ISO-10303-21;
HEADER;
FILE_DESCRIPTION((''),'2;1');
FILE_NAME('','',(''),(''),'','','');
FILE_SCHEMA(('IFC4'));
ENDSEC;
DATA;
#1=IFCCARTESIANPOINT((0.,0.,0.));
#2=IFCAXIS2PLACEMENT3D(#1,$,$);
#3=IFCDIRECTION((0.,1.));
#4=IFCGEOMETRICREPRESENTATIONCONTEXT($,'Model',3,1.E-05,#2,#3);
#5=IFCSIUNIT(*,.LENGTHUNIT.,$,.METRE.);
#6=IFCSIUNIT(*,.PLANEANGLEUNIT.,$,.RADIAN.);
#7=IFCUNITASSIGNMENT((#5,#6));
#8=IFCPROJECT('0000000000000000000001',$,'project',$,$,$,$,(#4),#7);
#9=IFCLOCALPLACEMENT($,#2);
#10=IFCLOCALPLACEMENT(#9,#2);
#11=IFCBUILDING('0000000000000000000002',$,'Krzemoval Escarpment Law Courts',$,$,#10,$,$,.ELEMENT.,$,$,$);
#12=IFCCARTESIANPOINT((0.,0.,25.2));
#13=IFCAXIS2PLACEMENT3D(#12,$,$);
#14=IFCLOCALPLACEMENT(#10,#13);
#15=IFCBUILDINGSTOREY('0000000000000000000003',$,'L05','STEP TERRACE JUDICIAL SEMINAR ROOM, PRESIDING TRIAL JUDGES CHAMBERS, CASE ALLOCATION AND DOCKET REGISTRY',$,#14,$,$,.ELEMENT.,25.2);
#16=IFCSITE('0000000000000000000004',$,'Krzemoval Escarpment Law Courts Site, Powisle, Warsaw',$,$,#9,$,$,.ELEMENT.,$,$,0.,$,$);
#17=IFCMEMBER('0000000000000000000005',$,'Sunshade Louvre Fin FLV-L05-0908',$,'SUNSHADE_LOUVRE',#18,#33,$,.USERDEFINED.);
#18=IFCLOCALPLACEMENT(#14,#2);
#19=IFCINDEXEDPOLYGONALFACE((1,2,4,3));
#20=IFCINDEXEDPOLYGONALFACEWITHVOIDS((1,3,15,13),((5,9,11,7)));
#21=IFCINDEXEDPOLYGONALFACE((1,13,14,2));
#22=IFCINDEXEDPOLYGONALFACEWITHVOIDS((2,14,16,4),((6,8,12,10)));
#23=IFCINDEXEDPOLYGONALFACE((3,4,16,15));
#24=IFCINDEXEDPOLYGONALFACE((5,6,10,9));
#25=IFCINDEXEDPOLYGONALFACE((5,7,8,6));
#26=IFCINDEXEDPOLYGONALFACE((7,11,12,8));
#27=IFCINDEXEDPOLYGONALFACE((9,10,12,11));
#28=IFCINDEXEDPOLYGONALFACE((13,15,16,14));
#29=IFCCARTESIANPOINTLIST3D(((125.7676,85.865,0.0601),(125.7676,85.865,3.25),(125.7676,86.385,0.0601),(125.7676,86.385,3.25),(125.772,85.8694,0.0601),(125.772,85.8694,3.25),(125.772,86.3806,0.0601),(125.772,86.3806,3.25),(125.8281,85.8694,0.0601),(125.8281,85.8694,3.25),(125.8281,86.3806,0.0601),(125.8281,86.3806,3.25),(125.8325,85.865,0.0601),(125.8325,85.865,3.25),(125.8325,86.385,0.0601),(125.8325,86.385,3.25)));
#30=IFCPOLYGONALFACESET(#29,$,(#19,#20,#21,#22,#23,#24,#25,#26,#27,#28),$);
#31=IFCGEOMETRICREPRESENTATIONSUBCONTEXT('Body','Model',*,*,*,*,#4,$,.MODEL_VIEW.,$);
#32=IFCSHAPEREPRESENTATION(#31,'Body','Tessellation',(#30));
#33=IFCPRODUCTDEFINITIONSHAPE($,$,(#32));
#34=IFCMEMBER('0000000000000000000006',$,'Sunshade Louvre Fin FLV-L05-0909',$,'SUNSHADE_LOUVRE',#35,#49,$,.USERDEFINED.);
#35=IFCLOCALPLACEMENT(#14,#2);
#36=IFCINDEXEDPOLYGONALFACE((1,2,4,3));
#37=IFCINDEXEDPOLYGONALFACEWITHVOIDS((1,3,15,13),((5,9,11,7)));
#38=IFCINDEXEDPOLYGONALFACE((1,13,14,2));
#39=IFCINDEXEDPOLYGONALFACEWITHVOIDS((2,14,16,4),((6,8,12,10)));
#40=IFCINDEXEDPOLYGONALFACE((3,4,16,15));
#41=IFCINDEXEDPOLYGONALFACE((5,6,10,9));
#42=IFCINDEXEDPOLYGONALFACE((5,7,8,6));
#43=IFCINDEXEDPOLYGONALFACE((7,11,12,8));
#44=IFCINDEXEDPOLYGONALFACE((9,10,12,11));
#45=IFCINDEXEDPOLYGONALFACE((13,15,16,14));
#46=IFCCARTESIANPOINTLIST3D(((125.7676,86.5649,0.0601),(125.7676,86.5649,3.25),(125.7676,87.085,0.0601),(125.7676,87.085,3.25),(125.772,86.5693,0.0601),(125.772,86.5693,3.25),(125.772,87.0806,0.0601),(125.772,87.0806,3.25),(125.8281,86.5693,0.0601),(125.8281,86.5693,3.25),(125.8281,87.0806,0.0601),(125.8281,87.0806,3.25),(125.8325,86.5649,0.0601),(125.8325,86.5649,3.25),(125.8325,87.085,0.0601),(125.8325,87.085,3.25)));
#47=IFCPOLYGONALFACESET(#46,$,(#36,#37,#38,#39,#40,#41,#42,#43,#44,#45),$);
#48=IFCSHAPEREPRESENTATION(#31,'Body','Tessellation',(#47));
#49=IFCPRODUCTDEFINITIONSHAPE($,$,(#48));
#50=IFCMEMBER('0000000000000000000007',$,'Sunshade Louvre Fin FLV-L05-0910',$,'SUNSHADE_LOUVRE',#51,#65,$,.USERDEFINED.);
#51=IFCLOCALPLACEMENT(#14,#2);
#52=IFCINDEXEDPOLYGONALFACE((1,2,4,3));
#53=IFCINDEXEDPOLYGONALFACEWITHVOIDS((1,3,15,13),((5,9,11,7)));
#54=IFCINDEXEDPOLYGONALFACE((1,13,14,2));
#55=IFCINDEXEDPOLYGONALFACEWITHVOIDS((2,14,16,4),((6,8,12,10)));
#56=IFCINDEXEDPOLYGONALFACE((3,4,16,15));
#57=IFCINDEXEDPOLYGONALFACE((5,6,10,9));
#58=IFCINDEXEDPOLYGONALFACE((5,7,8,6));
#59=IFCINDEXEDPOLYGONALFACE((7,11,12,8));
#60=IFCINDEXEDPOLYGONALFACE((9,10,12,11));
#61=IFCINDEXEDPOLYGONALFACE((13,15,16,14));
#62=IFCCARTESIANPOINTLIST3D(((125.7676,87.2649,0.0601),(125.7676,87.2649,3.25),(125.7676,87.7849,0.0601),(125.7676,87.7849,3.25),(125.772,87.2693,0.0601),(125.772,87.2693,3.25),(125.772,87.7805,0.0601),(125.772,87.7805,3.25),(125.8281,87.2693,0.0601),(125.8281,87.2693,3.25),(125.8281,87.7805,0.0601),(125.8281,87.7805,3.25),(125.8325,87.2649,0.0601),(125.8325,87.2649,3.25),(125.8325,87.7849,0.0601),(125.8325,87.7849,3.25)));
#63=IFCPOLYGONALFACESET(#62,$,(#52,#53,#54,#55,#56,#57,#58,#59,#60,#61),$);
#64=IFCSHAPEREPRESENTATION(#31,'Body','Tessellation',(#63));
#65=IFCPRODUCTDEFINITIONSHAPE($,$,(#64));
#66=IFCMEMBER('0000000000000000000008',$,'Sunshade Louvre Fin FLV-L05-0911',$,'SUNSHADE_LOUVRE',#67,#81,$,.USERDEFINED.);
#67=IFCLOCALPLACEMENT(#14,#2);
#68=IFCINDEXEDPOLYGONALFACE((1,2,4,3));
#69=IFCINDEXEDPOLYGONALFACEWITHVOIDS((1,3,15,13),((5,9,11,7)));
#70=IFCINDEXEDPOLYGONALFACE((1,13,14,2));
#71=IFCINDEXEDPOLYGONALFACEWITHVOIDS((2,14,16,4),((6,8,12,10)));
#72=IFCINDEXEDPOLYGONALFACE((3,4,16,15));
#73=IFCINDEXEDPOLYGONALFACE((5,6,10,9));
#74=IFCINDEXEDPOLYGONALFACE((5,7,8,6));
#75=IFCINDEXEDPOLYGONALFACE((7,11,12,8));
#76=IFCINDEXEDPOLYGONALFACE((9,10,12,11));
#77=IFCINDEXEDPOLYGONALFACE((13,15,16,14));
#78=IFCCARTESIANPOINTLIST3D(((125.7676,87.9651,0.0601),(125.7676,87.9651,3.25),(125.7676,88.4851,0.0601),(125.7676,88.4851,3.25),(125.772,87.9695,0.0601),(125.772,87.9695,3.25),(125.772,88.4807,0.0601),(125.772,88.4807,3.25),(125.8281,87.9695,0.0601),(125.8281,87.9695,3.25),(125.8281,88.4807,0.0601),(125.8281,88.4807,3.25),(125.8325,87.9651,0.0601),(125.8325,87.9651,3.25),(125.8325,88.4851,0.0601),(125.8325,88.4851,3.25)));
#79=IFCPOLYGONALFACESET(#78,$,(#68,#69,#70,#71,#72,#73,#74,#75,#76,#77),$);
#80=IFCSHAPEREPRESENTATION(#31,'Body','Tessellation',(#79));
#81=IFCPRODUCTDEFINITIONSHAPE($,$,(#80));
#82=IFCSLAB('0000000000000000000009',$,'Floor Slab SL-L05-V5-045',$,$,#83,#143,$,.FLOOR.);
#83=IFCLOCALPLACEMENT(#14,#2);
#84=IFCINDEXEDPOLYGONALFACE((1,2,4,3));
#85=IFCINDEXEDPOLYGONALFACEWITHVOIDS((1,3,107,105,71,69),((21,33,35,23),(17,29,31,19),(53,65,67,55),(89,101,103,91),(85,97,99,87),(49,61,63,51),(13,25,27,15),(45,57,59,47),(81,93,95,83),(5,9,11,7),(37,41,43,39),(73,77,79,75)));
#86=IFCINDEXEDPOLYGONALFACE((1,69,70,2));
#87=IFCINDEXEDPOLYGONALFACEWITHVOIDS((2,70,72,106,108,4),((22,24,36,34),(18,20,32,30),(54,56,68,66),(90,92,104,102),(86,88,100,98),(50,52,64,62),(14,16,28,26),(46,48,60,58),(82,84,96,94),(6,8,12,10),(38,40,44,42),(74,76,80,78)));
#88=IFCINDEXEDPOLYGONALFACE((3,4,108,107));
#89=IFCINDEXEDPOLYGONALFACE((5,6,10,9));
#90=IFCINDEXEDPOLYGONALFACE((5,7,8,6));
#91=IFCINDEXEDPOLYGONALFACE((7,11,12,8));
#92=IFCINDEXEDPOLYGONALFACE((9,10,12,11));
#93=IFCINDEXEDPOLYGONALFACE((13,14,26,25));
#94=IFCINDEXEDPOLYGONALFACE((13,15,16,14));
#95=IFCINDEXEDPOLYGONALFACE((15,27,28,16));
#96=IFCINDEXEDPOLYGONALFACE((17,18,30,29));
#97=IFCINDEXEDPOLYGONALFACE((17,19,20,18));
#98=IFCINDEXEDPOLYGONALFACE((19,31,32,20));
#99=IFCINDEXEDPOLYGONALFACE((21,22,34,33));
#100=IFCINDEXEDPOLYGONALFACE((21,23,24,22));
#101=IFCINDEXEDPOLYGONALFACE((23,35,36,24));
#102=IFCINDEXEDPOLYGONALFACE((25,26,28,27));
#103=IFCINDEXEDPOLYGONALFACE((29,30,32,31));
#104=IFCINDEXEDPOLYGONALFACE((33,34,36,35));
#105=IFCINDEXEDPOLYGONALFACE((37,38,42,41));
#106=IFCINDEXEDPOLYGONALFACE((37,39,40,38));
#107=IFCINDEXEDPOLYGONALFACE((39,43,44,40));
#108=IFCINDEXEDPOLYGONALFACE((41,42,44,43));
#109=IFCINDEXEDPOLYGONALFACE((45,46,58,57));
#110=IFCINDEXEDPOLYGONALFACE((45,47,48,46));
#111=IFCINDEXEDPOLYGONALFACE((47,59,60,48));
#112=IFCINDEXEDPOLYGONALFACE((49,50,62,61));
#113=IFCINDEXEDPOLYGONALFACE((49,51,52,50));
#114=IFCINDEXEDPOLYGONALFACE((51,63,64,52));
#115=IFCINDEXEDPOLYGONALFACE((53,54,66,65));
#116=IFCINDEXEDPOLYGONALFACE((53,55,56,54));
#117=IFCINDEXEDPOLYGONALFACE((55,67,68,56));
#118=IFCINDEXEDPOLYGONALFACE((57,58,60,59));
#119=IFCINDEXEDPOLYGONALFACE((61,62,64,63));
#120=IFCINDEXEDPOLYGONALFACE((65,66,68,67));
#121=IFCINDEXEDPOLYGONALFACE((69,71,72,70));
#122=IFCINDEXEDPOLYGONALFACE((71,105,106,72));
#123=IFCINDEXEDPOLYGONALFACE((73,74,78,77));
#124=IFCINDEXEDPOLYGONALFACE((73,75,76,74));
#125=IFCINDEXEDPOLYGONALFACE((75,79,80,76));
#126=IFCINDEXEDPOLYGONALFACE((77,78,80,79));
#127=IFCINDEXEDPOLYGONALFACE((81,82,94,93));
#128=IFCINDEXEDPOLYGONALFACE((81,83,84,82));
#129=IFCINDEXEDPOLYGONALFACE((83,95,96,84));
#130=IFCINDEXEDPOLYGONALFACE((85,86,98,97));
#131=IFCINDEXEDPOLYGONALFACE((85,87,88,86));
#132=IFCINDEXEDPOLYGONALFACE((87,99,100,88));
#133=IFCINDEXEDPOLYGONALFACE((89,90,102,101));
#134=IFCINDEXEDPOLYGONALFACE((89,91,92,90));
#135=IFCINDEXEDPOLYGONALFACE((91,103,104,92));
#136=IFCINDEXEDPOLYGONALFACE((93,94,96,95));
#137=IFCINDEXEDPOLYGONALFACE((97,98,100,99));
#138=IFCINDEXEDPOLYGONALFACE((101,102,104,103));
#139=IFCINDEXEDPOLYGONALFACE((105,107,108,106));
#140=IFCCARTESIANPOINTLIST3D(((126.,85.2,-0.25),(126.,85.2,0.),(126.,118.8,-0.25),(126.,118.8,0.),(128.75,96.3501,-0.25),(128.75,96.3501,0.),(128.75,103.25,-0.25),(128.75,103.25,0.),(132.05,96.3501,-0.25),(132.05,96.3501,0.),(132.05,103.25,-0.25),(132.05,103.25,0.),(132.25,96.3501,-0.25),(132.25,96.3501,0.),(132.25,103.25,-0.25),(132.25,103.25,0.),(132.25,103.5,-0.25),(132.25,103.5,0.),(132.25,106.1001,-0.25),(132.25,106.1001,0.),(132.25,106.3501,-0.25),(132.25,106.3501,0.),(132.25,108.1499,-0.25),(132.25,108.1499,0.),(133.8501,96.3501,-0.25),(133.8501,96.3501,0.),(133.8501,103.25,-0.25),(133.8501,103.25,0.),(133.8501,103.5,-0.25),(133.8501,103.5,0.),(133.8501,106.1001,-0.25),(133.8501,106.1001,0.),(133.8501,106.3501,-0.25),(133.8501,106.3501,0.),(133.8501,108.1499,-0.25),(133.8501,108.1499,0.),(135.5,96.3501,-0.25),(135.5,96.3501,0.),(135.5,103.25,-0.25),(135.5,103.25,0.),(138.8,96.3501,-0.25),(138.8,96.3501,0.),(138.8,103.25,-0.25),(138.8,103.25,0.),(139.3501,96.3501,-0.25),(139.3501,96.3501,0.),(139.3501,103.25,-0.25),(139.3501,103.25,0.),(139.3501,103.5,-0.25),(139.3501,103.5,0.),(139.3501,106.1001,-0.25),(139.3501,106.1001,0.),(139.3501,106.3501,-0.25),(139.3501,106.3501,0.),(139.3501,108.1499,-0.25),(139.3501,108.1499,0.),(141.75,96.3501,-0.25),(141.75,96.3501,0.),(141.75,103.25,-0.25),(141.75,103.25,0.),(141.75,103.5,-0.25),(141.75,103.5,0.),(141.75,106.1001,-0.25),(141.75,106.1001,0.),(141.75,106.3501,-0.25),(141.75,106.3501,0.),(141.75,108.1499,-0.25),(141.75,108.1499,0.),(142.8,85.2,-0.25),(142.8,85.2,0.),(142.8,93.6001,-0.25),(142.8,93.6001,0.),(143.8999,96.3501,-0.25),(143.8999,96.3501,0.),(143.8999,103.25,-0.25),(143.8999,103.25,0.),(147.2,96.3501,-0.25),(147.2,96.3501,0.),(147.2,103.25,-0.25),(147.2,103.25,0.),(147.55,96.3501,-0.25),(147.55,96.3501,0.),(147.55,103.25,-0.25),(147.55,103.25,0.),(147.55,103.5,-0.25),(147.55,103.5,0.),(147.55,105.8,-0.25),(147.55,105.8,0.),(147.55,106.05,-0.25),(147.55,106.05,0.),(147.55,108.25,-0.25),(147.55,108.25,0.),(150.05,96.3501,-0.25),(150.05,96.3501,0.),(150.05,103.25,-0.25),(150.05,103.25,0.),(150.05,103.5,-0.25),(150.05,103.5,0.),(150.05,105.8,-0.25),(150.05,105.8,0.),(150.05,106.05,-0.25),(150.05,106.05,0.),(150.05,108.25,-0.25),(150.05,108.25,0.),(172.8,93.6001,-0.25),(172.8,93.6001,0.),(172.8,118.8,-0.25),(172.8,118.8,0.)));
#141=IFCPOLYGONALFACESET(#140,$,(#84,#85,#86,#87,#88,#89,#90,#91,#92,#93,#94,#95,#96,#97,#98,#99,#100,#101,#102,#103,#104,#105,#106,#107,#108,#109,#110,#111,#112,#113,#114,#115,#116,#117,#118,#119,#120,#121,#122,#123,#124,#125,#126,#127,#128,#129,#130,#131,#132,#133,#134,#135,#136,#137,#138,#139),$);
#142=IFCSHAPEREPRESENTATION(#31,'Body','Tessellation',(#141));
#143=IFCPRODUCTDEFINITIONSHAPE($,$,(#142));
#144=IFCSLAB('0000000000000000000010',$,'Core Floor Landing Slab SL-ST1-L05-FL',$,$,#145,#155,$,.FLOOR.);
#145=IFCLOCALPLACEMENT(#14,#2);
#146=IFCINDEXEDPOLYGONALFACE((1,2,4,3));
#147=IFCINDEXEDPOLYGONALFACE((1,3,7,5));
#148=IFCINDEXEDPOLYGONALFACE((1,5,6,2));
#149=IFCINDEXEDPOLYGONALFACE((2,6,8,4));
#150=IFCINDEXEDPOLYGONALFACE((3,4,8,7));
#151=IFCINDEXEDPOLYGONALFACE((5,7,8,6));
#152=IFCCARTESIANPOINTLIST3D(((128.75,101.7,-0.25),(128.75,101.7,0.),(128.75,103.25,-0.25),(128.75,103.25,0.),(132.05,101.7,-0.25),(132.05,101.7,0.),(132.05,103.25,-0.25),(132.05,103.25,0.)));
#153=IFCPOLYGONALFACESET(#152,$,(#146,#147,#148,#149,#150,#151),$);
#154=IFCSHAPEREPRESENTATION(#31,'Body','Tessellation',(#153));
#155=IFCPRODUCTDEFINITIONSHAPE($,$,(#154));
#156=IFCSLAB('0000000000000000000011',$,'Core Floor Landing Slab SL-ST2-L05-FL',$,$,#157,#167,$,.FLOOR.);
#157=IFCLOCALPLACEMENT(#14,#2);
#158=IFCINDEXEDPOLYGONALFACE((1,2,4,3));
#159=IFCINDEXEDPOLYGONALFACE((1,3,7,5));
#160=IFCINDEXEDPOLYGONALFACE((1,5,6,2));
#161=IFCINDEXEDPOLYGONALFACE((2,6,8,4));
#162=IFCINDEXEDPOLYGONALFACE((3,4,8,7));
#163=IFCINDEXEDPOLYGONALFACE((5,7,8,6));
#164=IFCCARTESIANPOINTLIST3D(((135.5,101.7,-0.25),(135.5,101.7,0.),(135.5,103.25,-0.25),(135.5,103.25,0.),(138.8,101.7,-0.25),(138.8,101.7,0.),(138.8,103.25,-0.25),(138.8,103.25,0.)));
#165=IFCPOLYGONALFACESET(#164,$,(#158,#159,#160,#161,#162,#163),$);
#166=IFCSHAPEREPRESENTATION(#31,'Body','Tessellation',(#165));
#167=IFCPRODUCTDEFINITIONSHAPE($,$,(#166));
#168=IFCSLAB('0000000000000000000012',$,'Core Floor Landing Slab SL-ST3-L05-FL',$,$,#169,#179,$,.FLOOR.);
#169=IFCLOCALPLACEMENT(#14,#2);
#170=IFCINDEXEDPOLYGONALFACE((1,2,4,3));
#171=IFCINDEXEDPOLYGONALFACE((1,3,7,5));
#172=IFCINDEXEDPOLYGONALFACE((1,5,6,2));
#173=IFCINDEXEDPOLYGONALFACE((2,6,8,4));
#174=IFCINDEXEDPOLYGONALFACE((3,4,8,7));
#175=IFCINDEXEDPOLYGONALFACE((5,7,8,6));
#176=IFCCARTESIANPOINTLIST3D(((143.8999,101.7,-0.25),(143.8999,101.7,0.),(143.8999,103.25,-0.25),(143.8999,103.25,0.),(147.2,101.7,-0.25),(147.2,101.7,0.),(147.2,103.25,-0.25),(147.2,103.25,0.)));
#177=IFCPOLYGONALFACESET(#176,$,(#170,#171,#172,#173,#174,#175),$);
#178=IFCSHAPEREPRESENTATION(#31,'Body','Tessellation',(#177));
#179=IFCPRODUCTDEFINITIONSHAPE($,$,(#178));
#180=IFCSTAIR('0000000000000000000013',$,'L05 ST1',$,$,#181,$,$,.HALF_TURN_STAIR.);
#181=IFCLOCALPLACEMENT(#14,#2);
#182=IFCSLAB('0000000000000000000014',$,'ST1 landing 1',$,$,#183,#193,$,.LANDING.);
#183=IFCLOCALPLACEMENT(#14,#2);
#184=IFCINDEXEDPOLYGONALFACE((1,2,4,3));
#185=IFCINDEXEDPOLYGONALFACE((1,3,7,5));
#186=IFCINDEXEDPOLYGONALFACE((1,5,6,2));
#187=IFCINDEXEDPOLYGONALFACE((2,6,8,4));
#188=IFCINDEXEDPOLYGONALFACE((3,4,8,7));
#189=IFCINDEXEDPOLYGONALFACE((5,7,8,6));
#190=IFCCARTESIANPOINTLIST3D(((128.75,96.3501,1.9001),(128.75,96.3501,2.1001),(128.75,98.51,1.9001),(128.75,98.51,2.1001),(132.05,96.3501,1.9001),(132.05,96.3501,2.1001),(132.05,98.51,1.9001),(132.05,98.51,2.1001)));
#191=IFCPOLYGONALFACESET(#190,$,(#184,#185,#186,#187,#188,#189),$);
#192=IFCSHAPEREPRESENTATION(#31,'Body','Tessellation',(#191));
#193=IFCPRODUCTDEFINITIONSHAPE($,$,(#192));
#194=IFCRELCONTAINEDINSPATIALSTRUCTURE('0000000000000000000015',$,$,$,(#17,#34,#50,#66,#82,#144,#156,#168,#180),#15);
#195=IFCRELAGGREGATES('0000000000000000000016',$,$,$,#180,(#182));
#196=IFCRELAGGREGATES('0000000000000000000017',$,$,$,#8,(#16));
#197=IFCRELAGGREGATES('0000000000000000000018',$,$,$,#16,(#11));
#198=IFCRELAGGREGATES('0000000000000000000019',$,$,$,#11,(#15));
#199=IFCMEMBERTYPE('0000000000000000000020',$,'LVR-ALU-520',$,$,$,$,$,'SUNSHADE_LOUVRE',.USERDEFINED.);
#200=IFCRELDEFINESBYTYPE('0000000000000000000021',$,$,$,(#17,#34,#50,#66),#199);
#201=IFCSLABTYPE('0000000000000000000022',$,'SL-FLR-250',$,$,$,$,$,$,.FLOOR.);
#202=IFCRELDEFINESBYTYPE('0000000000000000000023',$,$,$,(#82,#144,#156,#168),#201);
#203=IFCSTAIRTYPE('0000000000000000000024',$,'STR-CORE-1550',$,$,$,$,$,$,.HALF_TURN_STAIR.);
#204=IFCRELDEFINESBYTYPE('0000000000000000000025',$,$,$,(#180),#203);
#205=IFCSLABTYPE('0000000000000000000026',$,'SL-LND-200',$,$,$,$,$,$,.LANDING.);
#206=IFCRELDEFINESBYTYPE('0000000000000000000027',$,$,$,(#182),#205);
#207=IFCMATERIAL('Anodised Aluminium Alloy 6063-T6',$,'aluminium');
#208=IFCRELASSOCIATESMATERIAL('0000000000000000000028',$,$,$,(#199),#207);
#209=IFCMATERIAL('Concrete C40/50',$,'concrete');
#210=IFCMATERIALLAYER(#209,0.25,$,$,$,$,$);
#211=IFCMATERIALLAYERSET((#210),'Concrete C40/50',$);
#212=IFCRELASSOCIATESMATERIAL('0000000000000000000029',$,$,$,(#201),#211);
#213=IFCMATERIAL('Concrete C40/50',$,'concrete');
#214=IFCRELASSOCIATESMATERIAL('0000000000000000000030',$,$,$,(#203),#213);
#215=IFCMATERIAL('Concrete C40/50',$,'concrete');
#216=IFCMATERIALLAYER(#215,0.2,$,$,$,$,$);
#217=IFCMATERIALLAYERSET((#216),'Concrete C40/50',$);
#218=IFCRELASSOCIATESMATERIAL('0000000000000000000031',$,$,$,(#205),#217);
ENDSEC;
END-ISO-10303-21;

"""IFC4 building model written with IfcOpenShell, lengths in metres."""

from ifc_helpers import new_model, si_unit, direction, frame, origin, origin_2d, place, context, subcontext, project, spatial, polyline, hollow_rectangle, outline, extrude, material, layer, layer_set, material_profile, profile_set, type_object, element, aggregate, save


model = new_model("IFC4")

# Units and contexts
model_context = context("Model", 3, precision=1e-05, world=origin(), true_north=direction((0.0, 1.0)))
body_context = subcontext(model_context, "Body", "Model", "MODEL_VIEW")
ifc_project = project(units=[si_unit("LENGTHUNIT", "METRE"), si_unit("PLANEANGLEUNIT", "RADIAN")], contexts=[model_context])

# Site, building, storey
site_placement = place(None, origin())
site = spatial("IfcSite", under=ifc_project, at=site_placement, Name="Krzemoval Escarpment Law Courts Site, Powisle, Warsaw", CompositionType="ELEMENT", RefElevation=0.0)
building_placement = place(site_placement, origin())
building = spatial("IfcBuilding", under=site, at=building_placement, Name="Krzemoval Escarpment Law Courts", CompositionType="ELEMENT")
storey_placement = place(building_placement, frame((0.0, 0.0, 25.2)))
storey = spatial("IfcBuildingStorey", under=building, at=storey_placement, Name="L05", Description="STEP TERRACE JUDICIAL SEMINAR ROOM, PRESIDING TRIAL JUDGES CHAMBERS, CASE ALLOCATION AND DOCKET REGISTRY", CompositionType="ELEMENT", Elevation=25.2)

# Members
ifc_material_1 = material(Name="Anodised Aluminium Alloy 6063-T6", Category="aluminium")
ifc_material_profile = material_profile(ifc_material_1, hollow_rectangle(XDim=0.0649, YDim=0.52, WallThickness=0.0044, at=origin_2d()), Name="ALU LVR 65x520")
ifc_profile_set = profile_set([ifc_material_profile], Name="Anodised Aluminium Alloy 6063-T6")
member_type = type_object("IfcMemberType", Name="LVR-ALU-520", ElementType="SUNSHADE_LOUVRE", PredefinedType="USERDEFINED", material=ifc_profile_set)
for number, where, z_axis, x_axis, name in (
    (1, (125.8, 86.125, 0.0601), (0.0, 0.0, 1.0), (1.0, 0.0, 0.0), "Sunshade Louvre Fin FLV-L05-0908"),
    (2, (125.8, 86.825, 0.0601), (0.0, 0.0, 1.0), (1.0, 0.0, 0.0), "Sunshade Louvre Fin FLV-L05-0909"),
    (3, (125.8, 87.5249, 0.0601), (0.0, 0.0, 1.0), (1.0, 0.0, 0.0), "Sunshade Louvre Fin FLV-L05-0910"),
    (4, (125.8, 88.2251, 0.0601), (0.0, 0.0, 1.0), (1.0, 0.0, 0.0), "Sunshade Louvre Fin FLV-L05-0911"),
):
    element("IfcMember", number, at=place(storey_placement, frame(where, z_axis=z_axis, x_axis=x_axis)), inside=storey, type_object=member_type, Name=name, ObjectType="SUNSHADE_LOUVRE", PredefinedType="USERDEFINED", context=body_context, shape_type="SweptSolid", body=[
        extrude(hollow_rectangle(XDim=0.0649, YDim=0.52, WallThickness=0.0044, at=origin_2d()), origin(), (0.0, 0.0, 1.0), 3.1899),
    ])

# Slabs
ifc_material_2 = material(Name="Concrete C40/50", Category="concrete")
ifc_layer_1 = layer(ifc_material_2, 0.25)
ifc_layer_set_1 = layer_set([ifc_layer_1], Name="Concrete C40/50")
slab_type_1 = type_object("IfcSlabType", Name="SL-FLR-250", PredefinedType="FLOOR", material=ifc_layer_set_1)
slab_1_placement = place(storey_placement, frame((0.0, 0.0, -0.25)))
element("IfcSlab", 5, at=slab_1_placement, inside=storey, type_object=slab_type_1, Name="Floor Slab SL-L05-V5-045", PredefinedType="FLOOR", context=body_context, shape_type="SweptSolid", body=[
    extrude(outline(polyline([(142.8, 93.6001), (142.8, 85.2), (126.0, 85.2), (126.0, 118.8), (172.8, 118.8), (172.8, 93.6001), (142.8, 93.6001)]), holes=[polyline([(133.8501, 103.5), (133.8501, 106.1001), (132.25, 106.1001), (132.25, 103.5), (133.8501, 103.5)]), polyline([(132.25, 106.3501), (133.8501, 106.3501), (133.8501, 108.1499), (132.25, 108.1499), (132.25, 106.3501)]), polyline([(132.25, 103.25), (132.25, 96.3501), (133.8501, 96.3501), (133.8501, 103.25), (132.25, 103.25)]), polyline([(141.75, 106.1001), (139.3501, 106.1001), (139.3501, 103.5), (141.75, 103.5), (141.75, 106.1001)]), polyline([(141.75, 106.3501), (141.75, 108.1499), (139.3501, 108.1499), (139.3501, 106.3501), (141.75, 106.3501)]), polyline([(139.3501, 96.3501), (141.75, 96.3501), (141.75, 103.25), (139.3501, 103.25), (139.3501, 96.3501)]), polyline([(147.55, 105.8), (147.55, 103.5), (150.05, 103.5), (150.05, 105.8), (147.55, 105.8)]), polyline([(150.05, 108.25), (147.55, 108.25), (147.55, 106.05), (150.05, 106.05), (150.05, 108.25)]), polyline([(150.05, 96.3501), (150.05, 103.25), (147.55, 103.25), (147.55, 96.3501), (150.05, 96.3501)]), polyline([(128.75, 96.3501), (132.05, 96.3501), (132.05, 103.25), (128.75, 103.25), (128.75, 96.3501)]), polyline([(135.5, 103.25), (135.5, 96.3501), (138.8, 96.3501), (138.8, 103.25), (135.5, 103.25)]), polyline([(147.2, 103.25), (143.8999, 103.25), (143.8999, 96.3501), (147.2, 96.3501), (147.2, 103.25)])]), origin(), (0.0, 0.0, 1.0), 0.25),
])
slab_2_placement = place(storey_placement, frame((0.0, 0.0, -0.25)))
element("IfcSlab", 6, at=slab_2_placement, inside=storey, type_object=slab_type_1, Name="Core Floor Landing Slab SL-ST1-L05-FL", PredefinedType="FLOOR", context=body_context, shape_type="SweptSolid", body=[
    extrude(outline(polyline([(128.75, 103.25), (128.75, 101.7), (132.05, 101.7), (132.05, 103.25), (128.75, 103.25)])), origin(), (0.0, 0.0, 1.0), 0.25),
])
slab_3_placement = place(storey_placement, frame((0.0, 0.0, -0.25)))
element("IfcSlab", 7, at=slab_3_placement, inside=storey, type_object=slab_type_1, Name="Core Floor Landing Slab SL-ST2-L05-FL", PredefinedType="FLOOR", context=body_context, shape_type="SweptSolid", body=[
    extrude(outline(polyline([(135.5, 103.25), (135.5, 101.7), (138.8, 101.7), (138.8, 103.25), (135.5, 103.25)])), origin(), (0.0, 0.0, 1.0), 0.25),
])
slab_4_placement = place(storey_placement, frame((0.0, 0.0, -0.25)))
element("IfcSlab", 8, at=slab_4_placement, inside=storey, type_object=slab_type_1, Name="Core Floor Landing Slab SL-ST3-L05-FL", PredefinedType="FLOOR", context=body_context, shape_type="SweptSolid", body=[
    extrude(outline(polyline([(143.8999, 103.25), (143.8999, 101.7), (147.2, 101.7), (147.2, 103.25), (143.8999, 103.25)])), origin(), (0.0, 0.0, 1.0), 0.25),
])

# Stair, slab
ifc_material_3 = material(Name="Concrete C40/50", Category="concrete")
stair_type = type_object("IfcStairType", Name="STR-CORE-1550", PredefinedType="HALF_TURN_STAIR", material=ifc_material_3)
stair_1_placement = place(storey_placement, origin())
stair_1 = element("IfcStair", 9, at=stair_1_placement, inside=storey, type_object=stair_type, Name="L05 ST1", PredefinedType="HALF_TURN_STAIR")
ifc_material_4 = material(Name="Concrete C40/50", Category="concrete")
ifc_layer_2 = layer(ifc_material_4, 0.2)
ifc_layer_set_2 = layer_set([ifc_layer_2], Name="Concrete C40/50")
slab_type_2 = type_object("IfcSlabType", Name="SL-LND-200", PredefinedType="LANDING", material=ifc_layer_set_2)
slab_5_placement = place(storey_placement, frame((0.0, 0.0, 1.9001)))
slab_5 = element("IfcSlab", 10, at=slab_5_placement, type_object=slab_type_2, Name="ST1 landing 1", PredefinedType="LANDING", context=body_context, shape_type="SweptSolid", body=[
    extrude(outline(polyline([(128.75, 98.51), (128.75, 96.3501), (132.05, 96.3501), (132.05, 98.51), (128.75, 98.51)])), origin(), (0.0, 0.0, 1.0), 0.2),
])
aggregate(stair_1, [slab_5])

save(model, "model.ifc")
